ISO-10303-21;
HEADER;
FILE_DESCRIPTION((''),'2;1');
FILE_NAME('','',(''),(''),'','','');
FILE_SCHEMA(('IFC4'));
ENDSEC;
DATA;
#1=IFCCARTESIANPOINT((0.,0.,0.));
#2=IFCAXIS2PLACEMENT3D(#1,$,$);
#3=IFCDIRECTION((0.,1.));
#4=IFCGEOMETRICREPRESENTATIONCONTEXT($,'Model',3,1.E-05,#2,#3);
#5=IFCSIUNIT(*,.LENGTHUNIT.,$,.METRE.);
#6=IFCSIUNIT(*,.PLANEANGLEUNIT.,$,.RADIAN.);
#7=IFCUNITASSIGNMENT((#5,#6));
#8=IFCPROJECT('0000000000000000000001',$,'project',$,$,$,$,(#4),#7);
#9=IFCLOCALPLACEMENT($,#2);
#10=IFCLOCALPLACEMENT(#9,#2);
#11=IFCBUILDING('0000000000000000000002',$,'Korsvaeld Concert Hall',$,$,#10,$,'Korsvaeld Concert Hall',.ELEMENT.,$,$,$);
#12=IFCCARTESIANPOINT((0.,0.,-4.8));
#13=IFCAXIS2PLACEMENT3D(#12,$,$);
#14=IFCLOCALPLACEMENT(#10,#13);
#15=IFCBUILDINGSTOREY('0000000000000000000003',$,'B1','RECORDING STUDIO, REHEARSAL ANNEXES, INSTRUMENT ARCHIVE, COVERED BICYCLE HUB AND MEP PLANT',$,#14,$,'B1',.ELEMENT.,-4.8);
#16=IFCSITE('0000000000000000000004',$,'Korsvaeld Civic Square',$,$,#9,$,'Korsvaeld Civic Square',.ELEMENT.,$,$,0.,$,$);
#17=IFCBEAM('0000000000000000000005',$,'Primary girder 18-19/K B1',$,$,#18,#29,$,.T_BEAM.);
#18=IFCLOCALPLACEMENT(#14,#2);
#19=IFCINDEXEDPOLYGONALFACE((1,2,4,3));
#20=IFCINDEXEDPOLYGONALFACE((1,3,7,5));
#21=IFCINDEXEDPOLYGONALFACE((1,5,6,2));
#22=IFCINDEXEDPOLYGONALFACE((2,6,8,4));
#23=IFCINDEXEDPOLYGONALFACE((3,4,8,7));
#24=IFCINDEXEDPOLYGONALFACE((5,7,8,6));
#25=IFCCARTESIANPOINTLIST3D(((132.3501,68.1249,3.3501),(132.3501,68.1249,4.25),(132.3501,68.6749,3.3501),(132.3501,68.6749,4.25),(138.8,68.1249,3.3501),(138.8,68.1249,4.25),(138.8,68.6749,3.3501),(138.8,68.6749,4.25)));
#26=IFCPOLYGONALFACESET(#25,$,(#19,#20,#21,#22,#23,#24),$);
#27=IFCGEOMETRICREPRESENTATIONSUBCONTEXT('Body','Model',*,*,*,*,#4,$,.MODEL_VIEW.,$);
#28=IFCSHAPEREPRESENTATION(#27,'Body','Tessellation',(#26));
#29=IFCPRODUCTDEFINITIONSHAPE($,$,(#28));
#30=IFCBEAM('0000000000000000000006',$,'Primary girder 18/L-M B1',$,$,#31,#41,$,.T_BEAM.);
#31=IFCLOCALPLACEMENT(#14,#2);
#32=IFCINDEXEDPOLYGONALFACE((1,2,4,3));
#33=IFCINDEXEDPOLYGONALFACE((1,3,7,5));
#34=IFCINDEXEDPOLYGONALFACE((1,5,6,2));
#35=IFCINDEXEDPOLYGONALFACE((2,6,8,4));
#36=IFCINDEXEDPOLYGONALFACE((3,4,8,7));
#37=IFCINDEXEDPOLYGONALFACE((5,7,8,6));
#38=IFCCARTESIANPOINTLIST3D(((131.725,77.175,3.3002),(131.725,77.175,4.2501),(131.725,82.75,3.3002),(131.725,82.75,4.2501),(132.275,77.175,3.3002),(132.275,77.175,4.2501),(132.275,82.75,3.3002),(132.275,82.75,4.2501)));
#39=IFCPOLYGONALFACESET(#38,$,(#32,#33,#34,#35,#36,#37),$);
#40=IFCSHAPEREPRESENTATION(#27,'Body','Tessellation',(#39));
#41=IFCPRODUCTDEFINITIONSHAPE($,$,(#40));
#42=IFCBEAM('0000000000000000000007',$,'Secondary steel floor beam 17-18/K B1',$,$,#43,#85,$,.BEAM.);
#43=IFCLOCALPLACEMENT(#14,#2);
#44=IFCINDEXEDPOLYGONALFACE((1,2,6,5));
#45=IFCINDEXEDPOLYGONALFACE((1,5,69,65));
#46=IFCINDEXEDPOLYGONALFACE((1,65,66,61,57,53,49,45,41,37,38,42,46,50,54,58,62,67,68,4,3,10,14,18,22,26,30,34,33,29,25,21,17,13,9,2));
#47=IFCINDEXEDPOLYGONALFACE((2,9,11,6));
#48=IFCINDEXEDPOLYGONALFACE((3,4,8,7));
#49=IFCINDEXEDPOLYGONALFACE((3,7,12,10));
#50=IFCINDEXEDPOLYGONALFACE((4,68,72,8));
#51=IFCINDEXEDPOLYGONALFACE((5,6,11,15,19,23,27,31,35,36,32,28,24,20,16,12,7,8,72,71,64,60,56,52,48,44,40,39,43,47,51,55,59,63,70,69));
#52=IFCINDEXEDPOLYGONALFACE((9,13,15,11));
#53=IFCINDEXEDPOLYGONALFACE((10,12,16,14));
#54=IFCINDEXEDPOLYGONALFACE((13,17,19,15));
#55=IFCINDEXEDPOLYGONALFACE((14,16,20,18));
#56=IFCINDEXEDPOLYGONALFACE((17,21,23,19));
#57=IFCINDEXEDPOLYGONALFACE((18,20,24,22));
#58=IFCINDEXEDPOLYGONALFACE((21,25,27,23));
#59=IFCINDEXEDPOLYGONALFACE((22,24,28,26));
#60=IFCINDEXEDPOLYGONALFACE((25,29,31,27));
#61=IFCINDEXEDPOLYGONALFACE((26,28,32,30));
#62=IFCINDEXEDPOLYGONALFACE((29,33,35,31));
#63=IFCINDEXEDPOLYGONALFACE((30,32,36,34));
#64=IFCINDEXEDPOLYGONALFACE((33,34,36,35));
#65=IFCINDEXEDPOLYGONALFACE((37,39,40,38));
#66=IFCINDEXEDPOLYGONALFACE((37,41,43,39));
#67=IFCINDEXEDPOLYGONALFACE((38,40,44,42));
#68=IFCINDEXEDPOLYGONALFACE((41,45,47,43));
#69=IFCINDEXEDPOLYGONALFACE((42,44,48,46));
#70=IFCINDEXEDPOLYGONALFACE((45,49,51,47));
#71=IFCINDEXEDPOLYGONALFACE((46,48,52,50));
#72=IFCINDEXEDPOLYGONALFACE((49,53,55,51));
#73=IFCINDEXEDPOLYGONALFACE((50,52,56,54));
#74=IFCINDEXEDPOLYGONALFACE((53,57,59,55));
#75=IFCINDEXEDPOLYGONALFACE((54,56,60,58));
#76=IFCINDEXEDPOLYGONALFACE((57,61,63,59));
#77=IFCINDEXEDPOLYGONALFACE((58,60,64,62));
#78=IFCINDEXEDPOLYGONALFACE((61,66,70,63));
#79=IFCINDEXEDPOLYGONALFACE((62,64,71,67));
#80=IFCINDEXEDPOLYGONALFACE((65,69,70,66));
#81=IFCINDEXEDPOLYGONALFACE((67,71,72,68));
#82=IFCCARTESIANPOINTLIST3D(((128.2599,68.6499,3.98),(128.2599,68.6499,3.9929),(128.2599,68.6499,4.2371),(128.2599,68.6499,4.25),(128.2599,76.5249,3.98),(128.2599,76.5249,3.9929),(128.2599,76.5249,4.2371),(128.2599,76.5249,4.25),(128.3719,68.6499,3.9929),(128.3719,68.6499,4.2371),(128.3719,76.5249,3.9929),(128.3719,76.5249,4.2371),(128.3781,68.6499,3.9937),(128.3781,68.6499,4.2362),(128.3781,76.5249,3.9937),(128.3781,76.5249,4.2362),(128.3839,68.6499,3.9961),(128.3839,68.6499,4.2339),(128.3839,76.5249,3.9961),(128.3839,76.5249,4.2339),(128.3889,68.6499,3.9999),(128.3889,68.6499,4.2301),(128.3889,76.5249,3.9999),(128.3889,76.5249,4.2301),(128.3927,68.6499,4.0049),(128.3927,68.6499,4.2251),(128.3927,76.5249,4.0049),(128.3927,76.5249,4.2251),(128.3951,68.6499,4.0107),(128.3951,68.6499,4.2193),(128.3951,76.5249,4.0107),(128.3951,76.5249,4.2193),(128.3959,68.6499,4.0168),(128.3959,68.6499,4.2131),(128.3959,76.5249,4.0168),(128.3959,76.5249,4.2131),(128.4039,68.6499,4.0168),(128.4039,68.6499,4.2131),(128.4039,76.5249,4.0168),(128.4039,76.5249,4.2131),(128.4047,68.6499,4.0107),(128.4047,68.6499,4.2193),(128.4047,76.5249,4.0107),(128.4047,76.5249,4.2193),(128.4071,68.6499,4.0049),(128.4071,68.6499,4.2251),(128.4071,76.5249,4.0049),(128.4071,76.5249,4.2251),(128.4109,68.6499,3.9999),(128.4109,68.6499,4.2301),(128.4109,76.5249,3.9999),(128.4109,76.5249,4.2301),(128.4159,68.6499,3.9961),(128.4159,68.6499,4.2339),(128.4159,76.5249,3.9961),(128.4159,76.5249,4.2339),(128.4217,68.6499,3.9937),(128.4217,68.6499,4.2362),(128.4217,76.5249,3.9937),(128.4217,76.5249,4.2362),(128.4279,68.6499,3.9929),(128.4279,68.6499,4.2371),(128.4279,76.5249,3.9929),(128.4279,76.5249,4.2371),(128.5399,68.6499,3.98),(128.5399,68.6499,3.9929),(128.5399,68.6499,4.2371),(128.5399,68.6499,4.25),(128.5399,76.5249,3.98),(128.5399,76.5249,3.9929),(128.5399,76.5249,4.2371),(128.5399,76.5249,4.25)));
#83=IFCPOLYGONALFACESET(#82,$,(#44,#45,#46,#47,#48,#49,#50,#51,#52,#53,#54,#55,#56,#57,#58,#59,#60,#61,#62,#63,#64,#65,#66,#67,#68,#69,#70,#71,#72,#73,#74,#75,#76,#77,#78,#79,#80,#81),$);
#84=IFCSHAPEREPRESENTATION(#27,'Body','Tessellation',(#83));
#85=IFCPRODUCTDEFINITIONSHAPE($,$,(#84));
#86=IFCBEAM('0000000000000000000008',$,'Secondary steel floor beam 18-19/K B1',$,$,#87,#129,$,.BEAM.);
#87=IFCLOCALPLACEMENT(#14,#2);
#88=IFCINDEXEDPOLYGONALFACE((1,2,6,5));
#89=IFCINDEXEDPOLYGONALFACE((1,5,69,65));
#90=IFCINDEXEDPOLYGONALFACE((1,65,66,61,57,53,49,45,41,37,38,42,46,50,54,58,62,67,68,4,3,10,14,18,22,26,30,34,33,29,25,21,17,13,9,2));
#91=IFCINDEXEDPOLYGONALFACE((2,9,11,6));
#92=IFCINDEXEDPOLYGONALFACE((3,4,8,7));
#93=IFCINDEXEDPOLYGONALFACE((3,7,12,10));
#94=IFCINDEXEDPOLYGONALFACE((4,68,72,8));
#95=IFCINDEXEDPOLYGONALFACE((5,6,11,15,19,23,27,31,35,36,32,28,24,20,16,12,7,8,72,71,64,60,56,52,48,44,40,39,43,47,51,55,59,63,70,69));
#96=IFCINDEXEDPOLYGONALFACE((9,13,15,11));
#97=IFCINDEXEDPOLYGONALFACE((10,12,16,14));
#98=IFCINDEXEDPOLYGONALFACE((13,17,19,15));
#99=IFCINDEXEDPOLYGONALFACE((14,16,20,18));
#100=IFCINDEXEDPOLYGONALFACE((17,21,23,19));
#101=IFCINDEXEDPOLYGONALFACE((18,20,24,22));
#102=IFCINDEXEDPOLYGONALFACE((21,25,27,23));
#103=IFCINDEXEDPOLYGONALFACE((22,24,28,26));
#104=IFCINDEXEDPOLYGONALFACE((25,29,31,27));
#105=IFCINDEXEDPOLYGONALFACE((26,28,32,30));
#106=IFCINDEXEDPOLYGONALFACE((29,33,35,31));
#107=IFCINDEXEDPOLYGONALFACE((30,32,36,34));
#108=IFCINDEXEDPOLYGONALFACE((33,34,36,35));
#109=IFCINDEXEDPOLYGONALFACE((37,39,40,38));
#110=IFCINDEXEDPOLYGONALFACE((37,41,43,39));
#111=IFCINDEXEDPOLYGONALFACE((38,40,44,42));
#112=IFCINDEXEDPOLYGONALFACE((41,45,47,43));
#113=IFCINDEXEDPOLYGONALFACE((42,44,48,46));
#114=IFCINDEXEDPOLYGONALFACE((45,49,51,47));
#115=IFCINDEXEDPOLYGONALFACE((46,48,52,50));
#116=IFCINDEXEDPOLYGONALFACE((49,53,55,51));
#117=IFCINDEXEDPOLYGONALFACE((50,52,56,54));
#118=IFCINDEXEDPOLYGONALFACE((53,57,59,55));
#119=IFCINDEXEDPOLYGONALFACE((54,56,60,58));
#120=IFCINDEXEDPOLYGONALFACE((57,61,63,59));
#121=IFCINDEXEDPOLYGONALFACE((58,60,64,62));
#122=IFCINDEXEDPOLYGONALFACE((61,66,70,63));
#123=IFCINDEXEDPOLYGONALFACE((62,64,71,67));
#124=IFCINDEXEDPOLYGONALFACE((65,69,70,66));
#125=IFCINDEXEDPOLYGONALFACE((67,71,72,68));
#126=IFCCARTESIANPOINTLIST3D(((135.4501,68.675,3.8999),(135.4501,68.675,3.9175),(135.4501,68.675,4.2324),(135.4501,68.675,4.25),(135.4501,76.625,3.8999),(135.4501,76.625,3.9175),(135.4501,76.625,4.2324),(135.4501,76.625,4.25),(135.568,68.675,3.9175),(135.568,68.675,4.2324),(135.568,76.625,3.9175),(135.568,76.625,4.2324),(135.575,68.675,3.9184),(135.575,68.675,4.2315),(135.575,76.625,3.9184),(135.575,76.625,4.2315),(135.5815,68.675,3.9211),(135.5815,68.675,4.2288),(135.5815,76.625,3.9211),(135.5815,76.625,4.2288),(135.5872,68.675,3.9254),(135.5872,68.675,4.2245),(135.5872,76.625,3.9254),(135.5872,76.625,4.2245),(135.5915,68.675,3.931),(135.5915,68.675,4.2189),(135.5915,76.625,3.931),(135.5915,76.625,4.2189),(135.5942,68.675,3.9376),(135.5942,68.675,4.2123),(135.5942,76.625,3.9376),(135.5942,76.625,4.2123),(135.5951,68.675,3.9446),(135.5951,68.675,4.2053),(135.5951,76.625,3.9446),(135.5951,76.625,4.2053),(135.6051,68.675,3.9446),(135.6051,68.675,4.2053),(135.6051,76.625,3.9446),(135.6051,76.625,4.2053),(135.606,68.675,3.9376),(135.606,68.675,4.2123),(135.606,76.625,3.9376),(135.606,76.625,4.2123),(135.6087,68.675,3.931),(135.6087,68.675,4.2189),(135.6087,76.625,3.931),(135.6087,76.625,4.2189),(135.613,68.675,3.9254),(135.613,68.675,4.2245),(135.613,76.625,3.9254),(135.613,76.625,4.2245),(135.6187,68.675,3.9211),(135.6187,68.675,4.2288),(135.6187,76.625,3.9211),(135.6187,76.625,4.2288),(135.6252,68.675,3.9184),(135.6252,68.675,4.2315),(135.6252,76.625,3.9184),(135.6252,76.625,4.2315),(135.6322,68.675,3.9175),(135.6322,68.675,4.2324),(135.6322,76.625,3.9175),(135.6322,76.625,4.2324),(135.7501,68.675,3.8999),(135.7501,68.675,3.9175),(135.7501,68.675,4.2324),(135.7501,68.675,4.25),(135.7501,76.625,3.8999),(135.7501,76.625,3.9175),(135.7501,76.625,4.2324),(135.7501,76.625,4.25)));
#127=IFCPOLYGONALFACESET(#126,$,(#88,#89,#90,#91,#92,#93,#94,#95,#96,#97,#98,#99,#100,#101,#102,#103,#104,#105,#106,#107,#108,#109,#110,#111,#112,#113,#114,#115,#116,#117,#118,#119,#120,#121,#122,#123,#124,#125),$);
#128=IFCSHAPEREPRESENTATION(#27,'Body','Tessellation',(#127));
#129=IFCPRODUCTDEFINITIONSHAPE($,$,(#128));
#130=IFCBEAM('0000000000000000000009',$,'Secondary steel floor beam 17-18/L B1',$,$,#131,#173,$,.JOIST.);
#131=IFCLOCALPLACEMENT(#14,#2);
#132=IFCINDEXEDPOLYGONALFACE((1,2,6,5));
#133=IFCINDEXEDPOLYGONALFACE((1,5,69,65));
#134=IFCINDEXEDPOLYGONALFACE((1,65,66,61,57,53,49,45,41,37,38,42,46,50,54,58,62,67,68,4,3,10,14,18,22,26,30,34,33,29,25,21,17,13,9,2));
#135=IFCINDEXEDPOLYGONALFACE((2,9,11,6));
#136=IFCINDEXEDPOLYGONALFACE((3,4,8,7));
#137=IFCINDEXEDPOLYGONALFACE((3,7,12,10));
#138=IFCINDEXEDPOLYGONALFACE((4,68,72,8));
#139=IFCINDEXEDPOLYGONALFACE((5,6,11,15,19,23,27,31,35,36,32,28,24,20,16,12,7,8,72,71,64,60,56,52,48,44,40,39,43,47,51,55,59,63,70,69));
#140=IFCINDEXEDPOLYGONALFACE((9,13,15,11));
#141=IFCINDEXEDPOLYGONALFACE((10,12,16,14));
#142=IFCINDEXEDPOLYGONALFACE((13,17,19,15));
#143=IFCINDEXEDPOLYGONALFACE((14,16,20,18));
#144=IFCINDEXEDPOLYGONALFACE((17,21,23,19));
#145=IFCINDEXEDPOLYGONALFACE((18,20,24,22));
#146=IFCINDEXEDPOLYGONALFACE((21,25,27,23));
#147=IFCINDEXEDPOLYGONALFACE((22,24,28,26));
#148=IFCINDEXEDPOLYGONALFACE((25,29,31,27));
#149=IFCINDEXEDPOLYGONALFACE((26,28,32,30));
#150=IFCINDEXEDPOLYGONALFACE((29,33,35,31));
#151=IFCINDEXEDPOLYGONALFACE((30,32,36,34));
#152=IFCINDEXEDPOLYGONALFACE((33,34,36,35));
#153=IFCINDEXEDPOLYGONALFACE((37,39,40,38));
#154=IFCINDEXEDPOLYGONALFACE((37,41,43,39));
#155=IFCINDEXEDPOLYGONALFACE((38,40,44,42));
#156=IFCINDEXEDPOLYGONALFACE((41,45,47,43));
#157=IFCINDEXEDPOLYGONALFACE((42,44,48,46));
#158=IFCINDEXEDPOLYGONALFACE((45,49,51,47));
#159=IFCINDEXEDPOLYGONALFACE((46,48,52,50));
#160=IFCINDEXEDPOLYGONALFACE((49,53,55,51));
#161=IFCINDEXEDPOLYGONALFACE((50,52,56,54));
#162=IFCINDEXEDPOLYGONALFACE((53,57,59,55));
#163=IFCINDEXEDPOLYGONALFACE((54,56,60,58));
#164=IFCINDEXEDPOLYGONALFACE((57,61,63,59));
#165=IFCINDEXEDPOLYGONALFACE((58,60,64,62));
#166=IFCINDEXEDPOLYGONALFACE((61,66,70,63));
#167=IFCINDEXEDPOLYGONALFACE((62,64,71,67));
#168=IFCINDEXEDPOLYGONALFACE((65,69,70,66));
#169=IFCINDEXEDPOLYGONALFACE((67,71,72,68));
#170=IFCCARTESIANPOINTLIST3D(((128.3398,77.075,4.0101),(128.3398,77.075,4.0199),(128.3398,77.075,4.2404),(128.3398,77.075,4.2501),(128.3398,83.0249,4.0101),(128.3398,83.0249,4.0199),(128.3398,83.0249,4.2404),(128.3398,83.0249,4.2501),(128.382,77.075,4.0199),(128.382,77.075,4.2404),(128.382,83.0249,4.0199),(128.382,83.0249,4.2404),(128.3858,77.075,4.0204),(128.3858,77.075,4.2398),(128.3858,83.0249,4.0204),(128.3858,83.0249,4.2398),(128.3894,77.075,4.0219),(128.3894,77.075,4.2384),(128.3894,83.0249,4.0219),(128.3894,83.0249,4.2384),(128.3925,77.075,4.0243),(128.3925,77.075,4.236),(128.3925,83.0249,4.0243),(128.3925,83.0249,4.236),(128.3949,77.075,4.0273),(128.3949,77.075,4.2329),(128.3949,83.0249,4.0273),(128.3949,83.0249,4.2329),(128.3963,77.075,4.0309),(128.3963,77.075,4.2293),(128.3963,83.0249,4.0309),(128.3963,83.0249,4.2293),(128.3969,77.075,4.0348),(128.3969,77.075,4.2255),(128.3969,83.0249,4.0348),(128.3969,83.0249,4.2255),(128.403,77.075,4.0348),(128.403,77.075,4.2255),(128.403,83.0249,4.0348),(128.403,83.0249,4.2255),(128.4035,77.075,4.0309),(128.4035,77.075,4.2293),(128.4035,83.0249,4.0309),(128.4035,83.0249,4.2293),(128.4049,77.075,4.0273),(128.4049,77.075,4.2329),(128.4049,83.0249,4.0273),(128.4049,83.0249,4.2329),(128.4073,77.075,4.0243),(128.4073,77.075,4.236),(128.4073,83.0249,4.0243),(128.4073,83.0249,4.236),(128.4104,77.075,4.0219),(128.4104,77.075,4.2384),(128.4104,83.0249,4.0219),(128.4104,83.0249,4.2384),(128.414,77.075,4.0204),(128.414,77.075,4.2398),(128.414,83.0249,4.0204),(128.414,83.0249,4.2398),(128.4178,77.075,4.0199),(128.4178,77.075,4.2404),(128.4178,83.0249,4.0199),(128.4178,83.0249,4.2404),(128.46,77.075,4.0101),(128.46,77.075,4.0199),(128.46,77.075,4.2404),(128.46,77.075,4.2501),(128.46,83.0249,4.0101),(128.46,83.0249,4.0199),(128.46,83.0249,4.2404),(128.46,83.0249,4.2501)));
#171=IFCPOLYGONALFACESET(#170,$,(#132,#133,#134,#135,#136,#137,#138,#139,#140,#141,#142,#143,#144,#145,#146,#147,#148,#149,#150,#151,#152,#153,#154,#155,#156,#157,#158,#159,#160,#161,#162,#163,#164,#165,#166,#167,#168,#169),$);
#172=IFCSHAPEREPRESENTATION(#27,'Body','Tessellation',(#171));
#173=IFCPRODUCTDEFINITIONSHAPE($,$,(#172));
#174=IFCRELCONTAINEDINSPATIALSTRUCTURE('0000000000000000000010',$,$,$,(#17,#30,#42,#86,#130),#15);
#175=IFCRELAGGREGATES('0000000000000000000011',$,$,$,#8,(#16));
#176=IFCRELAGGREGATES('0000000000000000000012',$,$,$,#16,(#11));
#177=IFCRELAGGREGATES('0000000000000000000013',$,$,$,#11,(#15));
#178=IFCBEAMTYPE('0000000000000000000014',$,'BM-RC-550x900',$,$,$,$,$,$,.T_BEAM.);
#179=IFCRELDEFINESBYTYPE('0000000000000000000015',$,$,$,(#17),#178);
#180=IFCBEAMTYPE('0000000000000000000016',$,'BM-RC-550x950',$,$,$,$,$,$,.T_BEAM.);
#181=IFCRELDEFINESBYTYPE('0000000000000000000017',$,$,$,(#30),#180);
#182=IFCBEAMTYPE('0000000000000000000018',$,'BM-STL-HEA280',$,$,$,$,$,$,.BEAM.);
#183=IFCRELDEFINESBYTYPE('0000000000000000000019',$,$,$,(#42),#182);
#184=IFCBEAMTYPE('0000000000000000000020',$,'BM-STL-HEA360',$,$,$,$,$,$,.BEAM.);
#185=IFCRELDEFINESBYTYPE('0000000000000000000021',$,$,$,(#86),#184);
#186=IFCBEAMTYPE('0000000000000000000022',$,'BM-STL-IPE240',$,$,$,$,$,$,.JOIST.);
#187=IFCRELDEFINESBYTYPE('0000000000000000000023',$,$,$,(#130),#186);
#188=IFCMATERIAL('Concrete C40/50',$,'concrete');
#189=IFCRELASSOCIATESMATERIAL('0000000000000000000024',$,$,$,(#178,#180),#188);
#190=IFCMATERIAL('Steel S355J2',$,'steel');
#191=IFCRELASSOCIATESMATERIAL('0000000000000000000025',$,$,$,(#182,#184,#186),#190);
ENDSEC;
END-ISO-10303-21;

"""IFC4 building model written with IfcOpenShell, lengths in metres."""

from ifc_helpers import new_model, si_unit, direction, frame, origin, origin_2d, place, context, subcontext, project, spatial, rectangle, i_section, extrude, material, material_profile, profile_set, type_object, element, save


model = new_model("IFC4")

# Units and contexts
model_context = context("Model", 3, precision=1e-05, world=origin(), true_north=direction((0.0, 1.0)))
body_context = subcontext(model_context, "Body", "Model", "MODEL_VIEW")
ifc_project = project(units=[si_unit("LENGTHUNIT", "METRE"), si_unit("PLANEANGLEUNIT", "RADIAN")], contexts=[model_context])

# Site, building, storey
site_placement = place(None, origin())
site = spatial("IfcSite", under=ifc_project, at=site_placement, Name="Korsvaeld Civic Square", LongName="Korsvaeld Civic Square", CompositionType="ELEMENT", RefElevation=0.0)
building_placement = place(site_placement, origin())
building = spatial("IfcBuilding", under=site, at=building_placement, Name="Korsvaeld Concert Hall", LongName="Korsvaeld Concert Hall", CompositionType="ELEMENT")
storey_placement = place(building_placement, frame((0.0, 0.0, -4.8)))
storey = spatial("IfcBuildingStorey", under=building, at=storey_placement, Name="B1", Description="RECORDING STUDIO, REHEARSAL ANNEXES, INSTRUMENT ARCHIVE, COVERED BICYCLE HUB AND MEP PLANT", LongName="B1", CompositionType="ELEMENT", Elevation=-4.8)

# Shared definitions
ifc_material_1 = material(Name="Concrete C40/50", Category="concrete")

# Beams
ifc_material_profile_1 = material_profile(ifc_material_1, rectangle(XDim=0.55, YDim=0.8999, at=origin_2d()), Name="RC 550x900")
ifc_profile_set_1 = profile_set([ifc_material_profile_1], Name="Concrete C40/50")
beam_type_1 = type_object("IfcBeamType", Name="BM-RC-550x900", PredefinedType="T_BEAM", material=ifc_profile_set_1)
beam_1_placement = place(storey_placement, frame((132.3501, 68.3999, 3.8), z_axis=(1.0, 0.0, 0.0), x_axis=(0.0, 1.0, 0.0)))
element("IfcBeam", 1, at=beam_1_placement, inside=storey, type_object=beam_type_1, Name="Primary girder 18-19/K B1", PredefinedType="T_BEAM", context=body_context, shape_type="SweptSolid", body=[
    extrude(rectangle(XDim=0.55, YDim=0.8999, at=origin_2d()), origin(), (0.0, 0.0, 1.0), 6.45),
])
ifc_material_profile_2 = material_profile(ifc_material_1, rectangle(XDim=0.55, YDim=0.95, at=origin_2d()), Name="RC 550x950")
ifc_profile_set_2 = profile_set([ifc_material_profile_2], Name="Concrete C40/50")
beam_type_2 = type_object("IfcBeamType", Name="BM-RC-550x950", PredefinedType="T_BEAM", material=ifc_profile_set_2)
beam_2_placement = place(storey_placement, frame((132.0, 77.175, 3.7751), z_axis=(0.0, 1.0, 0.0), x_axis=(-1.0, 0.0, 0.0)))
element("IfcBeam", 2, at=beam_2_placement, inside=storey, type_object=beam_type_2, Name="Primary girder 18/L-M B1", PredefinedType="T_BEAM", context=body_context, shape_type="SweptSolid", body=[
    extrude(rectangle(XDim=0.55, YDim=0.95, at=origin_2d()), origin(), (0.0, 0.0, 1.0), 5.575),
])
ifc_material_2 = material(Name="Steel S355J2", Category="steel")
ifc_material_profile_3 = material_profile(ifc_material_2, i_section(OverallWidth=0.28, OverallDepth=0.27, WebThickness=0.0081, FlangeThickness=0.0129, FilletRadius=0.0239, at=origin_2d()), Name="HEA 280")
ifc_profile_set_3 = profile_set([ifc_material_profile_3], Name="Steel S355J2")
beam_type_3 = type_object("IfcBeamType", Name="BM-STL-HEA280", PredefinedType="BEAM", material=ifc_profile_set_3)
beam_3_placement = place(storey_placement, frame((128.3999, 68.6499, 4.115), z_axis=(0.0, 1.0, 0.0), x_axis=(-1.0, 0.0, 0.0)))
element("IfcBeam", 3, at=beam_3_placement, inside=storey, type_object=beam_type_3, Name="Secondary steel floor beam 17-18/K B1", PredefinedType="BEAM", context=body_context, shape_type="SweptSolid", body=[
    extrude(i_section(OverallWidth=0.28, OverallDepth=0.27, WebThickness=0.0081, FlangeThickness=0.0129, FilletRadius=0.0239, at=origin_2d()), origin(), (0.0, 0.0, 1.0), 7.875),
])
ifc_material_profile_4 = material_profile(ifc_material_2, i_section(OverallWidth=0.3, OverallDepth=0.3501, WebThickness=0.01, FlangeThickness=0.0176, FilletRadius=0.0271, at=origin_2d()), Name="HEA 360")
ifc_profile_set_4 = profile_set([ifc_material_profile_4], Name="Steel S355J2")
beam_type_4 = type_object("IfcBeamType", Name="BM-STL-HEA360", PredefinedType="BEAM", material=ifc_profile_set_4)
beam_4_placement = place(storey_placement, frame((135.6001, 68.675, 4.075), z_axis=(0.0, 1.0, 0.0), x_axis=(-1.0, 0.0, 0.0)))
element("IfcBeam", 4, at=beam_4_placement, inside=storey, type_object=beam_type_4, Name="Secondary steel floor beam 18-19/K B1", PredefinedType="BEAM", context=body_context, shape_type="SweptSolid", body=[
    extrude(i_section(OverallWidth=0.3, OverallDepth=0.3501, WebThickness=0.01, FlangeThickness=0.0176, FilletRadius=0.0271, at=origin_2d()), origin(), (0.0, 0.0, 1.0), 7.95),
])
ifc_material_profile_5 = material_profile(ifc_material_2, i_section(OverallWidth=0.1201, OverallDepth=0.24, WebThickness=0.0061, FlangeThickness=0.0098, FilletRadius=0.0149, at=origin_2d()), Name="IPE 240")
ifc_profile_set_5 = profile_set([ifc_material_profile_5], Name="Steel S355J2")
beam_type_5 = type_object("IfcBeamType", Name="BM-STL-IPE240", PredefinedType="JOIST", material=ifc_profile_set_5)
beam_5_placement = place(storey_placement, frame((128.3999, 77.075, 4.1301), z_axis=(0.0, 1.0, 0.0), x_axis=(-1.0, 0.0, 0.0)))
element("IfcBeam", 5, at=beam_5_placement, inside=storey, type_object=beam_type_5, Name="Secondary steel floor beam 17-18/L B1", PredefinedType="JOIST", context=body_context, shape_type="SweptSolid", body=[
    extrude(i_section(OverallWidth=0.1201, OverallDepth=0.24, WebThickness=0.0061, FlangeThickness=0.0098, FilletRadius=0.0149, at=origin_2d()), origin(), (0.0, 0.0, 1.0), 5.95),
])

save(model, "model.ifc")
